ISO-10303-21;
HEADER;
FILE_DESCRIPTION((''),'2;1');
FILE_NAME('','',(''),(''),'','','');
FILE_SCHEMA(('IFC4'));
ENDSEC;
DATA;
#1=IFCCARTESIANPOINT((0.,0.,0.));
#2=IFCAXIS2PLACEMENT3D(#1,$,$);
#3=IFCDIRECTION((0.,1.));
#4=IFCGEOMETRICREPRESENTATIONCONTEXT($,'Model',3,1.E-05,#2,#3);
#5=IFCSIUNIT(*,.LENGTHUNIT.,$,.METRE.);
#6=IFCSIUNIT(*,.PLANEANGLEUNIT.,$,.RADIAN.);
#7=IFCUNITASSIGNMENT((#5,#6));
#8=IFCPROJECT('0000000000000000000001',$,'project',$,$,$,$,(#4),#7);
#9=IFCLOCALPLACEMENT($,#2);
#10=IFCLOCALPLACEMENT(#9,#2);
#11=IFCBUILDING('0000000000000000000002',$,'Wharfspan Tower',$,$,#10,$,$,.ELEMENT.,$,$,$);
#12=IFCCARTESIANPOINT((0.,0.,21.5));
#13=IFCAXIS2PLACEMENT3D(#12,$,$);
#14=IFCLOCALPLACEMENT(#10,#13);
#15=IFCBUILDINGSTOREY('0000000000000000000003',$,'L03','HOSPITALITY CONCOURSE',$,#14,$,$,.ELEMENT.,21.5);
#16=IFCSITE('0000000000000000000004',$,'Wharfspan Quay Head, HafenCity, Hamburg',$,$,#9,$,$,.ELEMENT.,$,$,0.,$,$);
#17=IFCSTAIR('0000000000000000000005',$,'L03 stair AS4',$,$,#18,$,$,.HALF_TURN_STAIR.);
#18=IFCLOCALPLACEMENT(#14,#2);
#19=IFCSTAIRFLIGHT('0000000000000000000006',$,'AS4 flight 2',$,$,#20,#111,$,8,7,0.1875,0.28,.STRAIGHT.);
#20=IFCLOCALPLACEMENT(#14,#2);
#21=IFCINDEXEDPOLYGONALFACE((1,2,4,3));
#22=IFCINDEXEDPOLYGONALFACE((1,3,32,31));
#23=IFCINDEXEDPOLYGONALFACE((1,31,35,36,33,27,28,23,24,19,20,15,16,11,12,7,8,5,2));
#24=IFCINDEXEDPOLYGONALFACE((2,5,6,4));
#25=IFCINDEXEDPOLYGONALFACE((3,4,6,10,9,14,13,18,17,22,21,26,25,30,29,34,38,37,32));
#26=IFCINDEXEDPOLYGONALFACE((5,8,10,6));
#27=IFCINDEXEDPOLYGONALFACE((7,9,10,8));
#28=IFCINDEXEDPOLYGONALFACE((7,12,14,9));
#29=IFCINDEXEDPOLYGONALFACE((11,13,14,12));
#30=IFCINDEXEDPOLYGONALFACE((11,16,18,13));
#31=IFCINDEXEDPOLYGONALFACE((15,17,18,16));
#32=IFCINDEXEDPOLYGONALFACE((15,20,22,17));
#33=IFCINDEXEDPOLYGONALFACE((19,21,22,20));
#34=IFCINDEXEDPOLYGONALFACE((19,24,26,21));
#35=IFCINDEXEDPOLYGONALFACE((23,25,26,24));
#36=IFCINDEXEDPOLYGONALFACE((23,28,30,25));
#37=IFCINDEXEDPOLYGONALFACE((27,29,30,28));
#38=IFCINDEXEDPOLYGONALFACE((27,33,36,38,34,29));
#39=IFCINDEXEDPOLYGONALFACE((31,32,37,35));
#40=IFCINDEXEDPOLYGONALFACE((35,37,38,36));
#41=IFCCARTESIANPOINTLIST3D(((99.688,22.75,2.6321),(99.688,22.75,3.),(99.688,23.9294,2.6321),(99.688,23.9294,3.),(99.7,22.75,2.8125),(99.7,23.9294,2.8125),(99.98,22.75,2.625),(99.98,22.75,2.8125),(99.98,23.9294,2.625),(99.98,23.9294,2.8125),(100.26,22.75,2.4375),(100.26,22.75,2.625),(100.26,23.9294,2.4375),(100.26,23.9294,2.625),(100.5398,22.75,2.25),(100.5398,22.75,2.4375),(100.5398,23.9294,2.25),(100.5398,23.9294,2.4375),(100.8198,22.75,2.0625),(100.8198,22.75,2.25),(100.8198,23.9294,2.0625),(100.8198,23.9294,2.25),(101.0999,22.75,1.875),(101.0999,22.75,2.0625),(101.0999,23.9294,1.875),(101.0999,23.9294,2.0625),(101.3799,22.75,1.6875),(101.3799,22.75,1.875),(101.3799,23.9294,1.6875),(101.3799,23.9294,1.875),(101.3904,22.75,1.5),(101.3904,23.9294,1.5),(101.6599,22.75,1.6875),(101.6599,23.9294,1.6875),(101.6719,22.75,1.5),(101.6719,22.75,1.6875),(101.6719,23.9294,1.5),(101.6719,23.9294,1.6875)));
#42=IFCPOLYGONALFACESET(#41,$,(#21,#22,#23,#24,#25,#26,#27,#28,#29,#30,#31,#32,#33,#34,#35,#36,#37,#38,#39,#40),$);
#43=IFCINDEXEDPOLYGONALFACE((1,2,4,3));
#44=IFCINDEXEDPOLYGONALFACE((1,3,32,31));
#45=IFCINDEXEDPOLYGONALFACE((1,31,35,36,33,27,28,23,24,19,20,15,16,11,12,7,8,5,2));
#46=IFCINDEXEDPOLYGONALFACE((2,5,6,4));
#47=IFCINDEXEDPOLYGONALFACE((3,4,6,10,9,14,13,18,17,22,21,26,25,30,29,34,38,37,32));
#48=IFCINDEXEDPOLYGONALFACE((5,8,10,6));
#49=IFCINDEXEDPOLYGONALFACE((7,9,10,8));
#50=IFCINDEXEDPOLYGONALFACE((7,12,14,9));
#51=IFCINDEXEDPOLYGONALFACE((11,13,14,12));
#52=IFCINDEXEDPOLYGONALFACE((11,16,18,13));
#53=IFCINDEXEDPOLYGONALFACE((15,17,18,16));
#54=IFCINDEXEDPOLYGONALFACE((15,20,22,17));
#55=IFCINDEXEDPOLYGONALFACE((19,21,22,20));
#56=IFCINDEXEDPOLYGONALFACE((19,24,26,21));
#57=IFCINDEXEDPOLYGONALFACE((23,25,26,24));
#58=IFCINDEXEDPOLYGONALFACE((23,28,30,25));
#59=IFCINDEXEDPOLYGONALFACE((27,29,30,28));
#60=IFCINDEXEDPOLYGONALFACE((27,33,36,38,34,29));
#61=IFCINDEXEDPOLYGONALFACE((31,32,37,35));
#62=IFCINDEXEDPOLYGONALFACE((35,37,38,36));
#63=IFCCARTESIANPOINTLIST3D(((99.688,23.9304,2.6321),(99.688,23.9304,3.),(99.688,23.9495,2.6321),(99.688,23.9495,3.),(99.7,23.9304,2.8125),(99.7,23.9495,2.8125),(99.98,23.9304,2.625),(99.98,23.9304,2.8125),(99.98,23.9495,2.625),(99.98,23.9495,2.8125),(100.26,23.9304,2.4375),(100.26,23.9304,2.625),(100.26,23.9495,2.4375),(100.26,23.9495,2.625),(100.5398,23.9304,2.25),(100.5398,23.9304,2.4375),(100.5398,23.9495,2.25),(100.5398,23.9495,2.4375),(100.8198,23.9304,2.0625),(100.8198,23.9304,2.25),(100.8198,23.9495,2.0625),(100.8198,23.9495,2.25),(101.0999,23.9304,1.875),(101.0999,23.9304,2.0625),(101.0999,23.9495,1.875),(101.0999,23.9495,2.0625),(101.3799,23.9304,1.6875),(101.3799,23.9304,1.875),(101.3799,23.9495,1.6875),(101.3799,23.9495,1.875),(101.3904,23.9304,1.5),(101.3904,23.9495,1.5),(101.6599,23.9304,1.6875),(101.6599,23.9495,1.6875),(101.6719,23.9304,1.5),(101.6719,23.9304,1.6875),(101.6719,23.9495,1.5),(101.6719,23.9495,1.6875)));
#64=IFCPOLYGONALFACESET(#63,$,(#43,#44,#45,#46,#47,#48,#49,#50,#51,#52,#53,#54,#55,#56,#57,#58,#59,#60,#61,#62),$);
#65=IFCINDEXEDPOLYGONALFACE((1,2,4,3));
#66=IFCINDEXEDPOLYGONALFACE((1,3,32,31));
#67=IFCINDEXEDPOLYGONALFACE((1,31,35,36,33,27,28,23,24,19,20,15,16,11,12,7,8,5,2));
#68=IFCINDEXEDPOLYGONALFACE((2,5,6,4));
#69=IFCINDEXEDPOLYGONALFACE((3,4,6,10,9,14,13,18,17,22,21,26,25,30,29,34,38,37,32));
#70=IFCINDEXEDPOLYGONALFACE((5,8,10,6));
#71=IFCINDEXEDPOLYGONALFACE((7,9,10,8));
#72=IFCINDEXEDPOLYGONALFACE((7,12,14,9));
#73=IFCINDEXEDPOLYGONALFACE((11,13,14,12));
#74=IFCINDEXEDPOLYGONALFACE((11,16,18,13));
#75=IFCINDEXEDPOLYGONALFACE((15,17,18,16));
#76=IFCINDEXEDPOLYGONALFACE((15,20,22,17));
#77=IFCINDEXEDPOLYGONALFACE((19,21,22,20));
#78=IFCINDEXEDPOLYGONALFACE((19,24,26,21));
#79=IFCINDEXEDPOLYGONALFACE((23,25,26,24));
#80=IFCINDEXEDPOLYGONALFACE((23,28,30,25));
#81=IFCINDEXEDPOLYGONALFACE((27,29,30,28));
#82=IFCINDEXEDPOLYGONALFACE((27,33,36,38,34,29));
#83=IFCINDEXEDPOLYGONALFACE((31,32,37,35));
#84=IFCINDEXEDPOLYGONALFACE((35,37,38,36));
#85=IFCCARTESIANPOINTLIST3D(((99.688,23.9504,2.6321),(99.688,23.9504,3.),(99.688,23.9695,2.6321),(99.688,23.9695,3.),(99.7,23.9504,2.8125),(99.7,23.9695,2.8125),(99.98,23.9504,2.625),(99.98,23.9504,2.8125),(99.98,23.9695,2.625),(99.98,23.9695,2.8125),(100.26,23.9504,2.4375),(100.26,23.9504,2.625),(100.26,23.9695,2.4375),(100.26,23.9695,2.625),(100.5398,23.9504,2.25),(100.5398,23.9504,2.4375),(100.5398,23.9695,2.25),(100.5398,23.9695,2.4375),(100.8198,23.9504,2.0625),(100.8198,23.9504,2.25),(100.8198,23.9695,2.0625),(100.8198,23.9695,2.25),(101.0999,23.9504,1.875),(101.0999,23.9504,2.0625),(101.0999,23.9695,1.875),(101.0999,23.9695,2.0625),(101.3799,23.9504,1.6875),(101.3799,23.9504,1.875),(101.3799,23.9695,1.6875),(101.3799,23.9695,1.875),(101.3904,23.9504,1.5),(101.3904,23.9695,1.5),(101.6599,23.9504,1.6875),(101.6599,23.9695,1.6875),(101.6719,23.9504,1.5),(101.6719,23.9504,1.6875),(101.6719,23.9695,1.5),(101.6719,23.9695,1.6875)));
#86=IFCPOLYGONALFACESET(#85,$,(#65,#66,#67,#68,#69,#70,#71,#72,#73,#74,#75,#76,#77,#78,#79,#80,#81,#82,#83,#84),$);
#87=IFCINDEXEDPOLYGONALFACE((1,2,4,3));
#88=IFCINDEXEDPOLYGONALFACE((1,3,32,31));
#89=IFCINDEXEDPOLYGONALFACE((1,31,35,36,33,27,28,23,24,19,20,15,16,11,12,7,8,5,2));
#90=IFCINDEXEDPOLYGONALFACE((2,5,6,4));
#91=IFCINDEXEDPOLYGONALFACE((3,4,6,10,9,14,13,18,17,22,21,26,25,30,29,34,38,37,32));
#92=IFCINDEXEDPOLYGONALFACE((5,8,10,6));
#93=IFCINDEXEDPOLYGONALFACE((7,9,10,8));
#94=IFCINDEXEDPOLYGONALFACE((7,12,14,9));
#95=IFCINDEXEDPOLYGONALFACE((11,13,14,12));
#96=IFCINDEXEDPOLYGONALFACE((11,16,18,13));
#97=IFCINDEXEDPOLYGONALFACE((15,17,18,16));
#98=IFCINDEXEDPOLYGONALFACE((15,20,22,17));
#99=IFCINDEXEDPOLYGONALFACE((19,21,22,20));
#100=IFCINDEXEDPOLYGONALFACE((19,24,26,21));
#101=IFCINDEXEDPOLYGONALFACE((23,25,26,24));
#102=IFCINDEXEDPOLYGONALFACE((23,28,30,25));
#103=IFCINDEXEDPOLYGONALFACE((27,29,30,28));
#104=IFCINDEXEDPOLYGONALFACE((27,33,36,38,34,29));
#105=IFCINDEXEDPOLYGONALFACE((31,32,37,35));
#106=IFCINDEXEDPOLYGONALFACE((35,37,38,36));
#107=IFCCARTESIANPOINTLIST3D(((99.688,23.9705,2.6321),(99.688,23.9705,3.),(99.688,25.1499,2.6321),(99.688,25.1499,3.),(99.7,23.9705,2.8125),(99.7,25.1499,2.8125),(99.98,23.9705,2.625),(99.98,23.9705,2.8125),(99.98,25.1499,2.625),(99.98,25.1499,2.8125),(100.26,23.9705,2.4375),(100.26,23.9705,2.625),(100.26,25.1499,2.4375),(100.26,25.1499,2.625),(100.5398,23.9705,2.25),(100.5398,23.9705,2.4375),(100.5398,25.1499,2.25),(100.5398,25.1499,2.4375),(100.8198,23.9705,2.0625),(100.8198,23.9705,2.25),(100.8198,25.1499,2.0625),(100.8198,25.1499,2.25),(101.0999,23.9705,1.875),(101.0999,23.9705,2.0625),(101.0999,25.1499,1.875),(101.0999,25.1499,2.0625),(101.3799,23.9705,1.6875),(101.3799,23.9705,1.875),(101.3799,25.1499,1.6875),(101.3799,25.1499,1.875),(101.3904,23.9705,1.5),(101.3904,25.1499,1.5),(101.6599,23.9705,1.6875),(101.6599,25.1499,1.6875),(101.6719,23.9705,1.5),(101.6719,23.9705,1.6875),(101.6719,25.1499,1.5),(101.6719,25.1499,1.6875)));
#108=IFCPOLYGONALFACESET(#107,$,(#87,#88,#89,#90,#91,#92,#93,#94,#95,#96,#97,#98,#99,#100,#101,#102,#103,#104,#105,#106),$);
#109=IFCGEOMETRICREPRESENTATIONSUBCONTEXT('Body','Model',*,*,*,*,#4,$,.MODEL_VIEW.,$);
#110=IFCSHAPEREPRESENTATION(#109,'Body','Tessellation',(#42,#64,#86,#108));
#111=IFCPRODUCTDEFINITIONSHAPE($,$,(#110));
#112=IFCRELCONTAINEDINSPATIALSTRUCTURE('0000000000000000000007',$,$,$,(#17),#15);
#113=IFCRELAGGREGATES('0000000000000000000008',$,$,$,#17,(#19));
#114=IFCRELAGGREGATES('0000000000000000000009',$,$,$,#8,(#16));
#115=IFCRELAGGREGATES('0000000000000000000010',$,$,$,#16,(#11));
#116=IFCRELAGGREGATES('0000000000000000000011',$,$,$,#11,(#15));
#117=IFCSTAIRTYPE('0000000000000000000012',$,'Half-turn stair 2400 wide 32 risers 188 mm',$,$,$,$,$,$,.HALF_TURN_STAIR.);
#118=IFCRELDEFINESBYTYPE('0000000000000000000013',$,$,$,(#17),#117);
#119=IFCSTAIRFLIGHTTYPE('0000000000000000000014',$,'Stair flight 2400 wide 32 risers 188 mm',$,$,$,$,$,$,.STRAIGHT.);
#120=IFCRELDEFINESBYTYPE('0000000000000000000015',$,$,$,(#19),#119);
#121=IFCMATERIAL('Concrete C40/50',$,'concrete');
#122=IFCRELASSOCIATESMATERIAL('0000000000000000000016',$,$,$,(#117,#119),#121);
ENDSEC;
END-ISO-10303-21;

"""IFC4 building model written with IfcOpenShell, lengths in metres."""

from ifc_helpers import new_model, si_unit, direction, frame, origin, place, context, subcontext, project, spatial, polyline, outline, extrude, material, type_object, element, aggregate, save


model = new_model("IFC4")

# Units and contexts
model_context = context("Model", 3, precision=1e-05, world=origin(), true_north=direction((0.0, 1.0)))
body_context = subcontext(model_context, "Body", "Model", "MODEL_VIEW")
ifc_project = project(units=[si_unit("LENGTHUNIT", "METRE"), si_unit("PLANEANGLEUNIT", "RADIAN")], contexts=[model_context])

# Site, building, storey
site_placement = place(None, origin())
site = spatial("IfcSite", under=ifc_project, at=site_placement, Name="Wharfspan Quay Head, HafenCity, Hamburg", CompositionType="ELEMENT", RefElevation=0.0)
building_placement = place(site_placement, origin())
building = spatial("IfcBuilding", under=site, at=building_placement, Name="Wharfspan Tower", CompositionType="ELEMENT")
storey_placement = place(building_placement, frame((0.0, 0.0, 21.5)))
storey = spatial("IfcBuildingStorey", under=building, at=storey_placement, Name="L03", Description="HOSPITALITY CONCOURSE", CompositionType="ELEMENT", Elevation=21.5)

# Stair, stair flight
ifc_material_1 = material(Name="Concrete C40/50", Category="concrete")
stair_type = type_object("IfcStairType", Name="Half-turn stair 2400 wide 32 risers 188 mm", PredefinedType="HALF_TURN_STAIR", material=ifc_material_1)
stair_placement = place(storey_placement, origin())
stair = element("IfcStair", 1, at=stair_placement, inside=storey, type_object=stair_type, Name="L03 stair AS4", PredefinedType="HALF_TURN_STAIR")
stair_flight_type = type_object("IfcStairFlightType", Name="Stair flight 2400 wide 32 risers 188 mm", PredefinedType="STRAIGHT", material=ifc_material_1)
stair_flight_1_placement = place(storey_placement, frame((101.6599, 23.95, 1.5), z_axis=(0.0, 0.0, 1.0), x_axis=(-1.0, 0.0, 0.0)))
stair_flight_1 = element("IfcStairFlight", 2, at=stair_flight_1_placement, type_object=stair_flight_type, Name="AS4 flight 2", NumberOfRisers=8, NumberOfTreads=7, PredefinedType="STRAIGHT", RiserHeight=0.1875, TreadLength=0.28, context=body_context, shape_type="SweptSolid", body=[
    extrude(outline(polyline([(-0.012, 0.0), (-0.012, 0.1875), (0.0, 0.1875), (0.28, 0.1875), (0.28, 0.375), (0.5601, 0.375), (0.5601, 0.5625), (0.8401, 0.5625), (0.8401, 0.75), (1.1201, 0.75), (1.1201, 0.9375), (1.3999, 0.9375), (1.3999, 1.125), (1.6799, 1.125), (1.6799, 1.3125), (1.96, 1.3125), (1.9719, 1.5), (1.9719, 1.1321), (0.2695, 0.0), (-0.012, 0.0)])), frame((0.0, 1.2, 0.0), z_axis=(0.0, -1.0, 0.0), x_axis=(1.0, 0.0, 0.0)), (0.0, 0.0, 1.0), 1.1794),
    extrude(outline(polyline([(-0.012, 0.0), (-0.012, 0.1875), (0.0, 0.1875), (0.28, 0.1875), (0.28, 0.375), (0.5601, 0.375), (0.5601, 0.5625), (0.8401, 0.5625), (0.8401, 0.75), (1.1201, 0.75), (1.1201, 0.9375), (1.3999, 0.9375), (1.3999, 1.125), (1.6799, 1.125), (1.6799, 1.3125), (1.96, 1.3125), (1.9719, 1.5), (1.9719, 1.1321), (0.2695, 0.0), (-0.012, 0.0)])), frame((0.0, 0.0195, 0.0), z_axis=(0.0, -1.0, 0.0), x_axis=(1.0, 0.0, 0.0)), (0.0, 0.0, 1.0), 0.019),
    extrude(outline(polyline([(-0.012, 0.0), (-0.012, 0.1875), (0.0, 0.1875), (0.28, 0.1875), (0.28, 0.375), (0.5601, 0.375), (0.5601, 0.5625), (0.8401, 0.5625), (0.8401, 0.75), (1.1201, 0.75), (1.1201, 0.9375), (1.3999, 0.9375), (1.3999, 1.125), (1.6799, 1.125), (1.6799, 1.3125), (1.96, 1.3125), (1.9719, 1.5), (1.9719, 1.1321), (0.2695, 0.0), (-0.012, 0.0)])), frame((0.0, -0.0005, 0.0), z_axis=(0.0, -1.0, 0.0), x_axis=(1.0, 0.0, 0.0)), (0.0, 0.0, 1.0), 0.019),
    extrude(outline(polyline([(-0.012, 0.0), (-0.012, 0.1875), (0.0, 0.1875), (0.28, 0.1875), (0.28, 0.375), (0.5601, 0.375), (0.5601, 0.5625), (0.8401, 0.5625), (0.8401, 0.75), (1.1201, 0.75), (1.1201, 0.9375), (1.3999, 0.9375), (1.3999, 1.125), (1.6799, 1.125), (1.6799, 1.3125), (1.96, 1.3125), (1.9719, 1.5), (1.9719, 1.1321), (0.2695, 0.0), (-0.012, 0.0)])), frame((0.0, -0.0205, 0.0), z_axis=(0.0, -1.0, 0.0), x_axis=(1.0, 0.0, 0.0)), (0.0, 0.0, 1.0), 1.1794),
])
aggregate(stair, [stair_flight_1])

save(model, "model.ifc")
